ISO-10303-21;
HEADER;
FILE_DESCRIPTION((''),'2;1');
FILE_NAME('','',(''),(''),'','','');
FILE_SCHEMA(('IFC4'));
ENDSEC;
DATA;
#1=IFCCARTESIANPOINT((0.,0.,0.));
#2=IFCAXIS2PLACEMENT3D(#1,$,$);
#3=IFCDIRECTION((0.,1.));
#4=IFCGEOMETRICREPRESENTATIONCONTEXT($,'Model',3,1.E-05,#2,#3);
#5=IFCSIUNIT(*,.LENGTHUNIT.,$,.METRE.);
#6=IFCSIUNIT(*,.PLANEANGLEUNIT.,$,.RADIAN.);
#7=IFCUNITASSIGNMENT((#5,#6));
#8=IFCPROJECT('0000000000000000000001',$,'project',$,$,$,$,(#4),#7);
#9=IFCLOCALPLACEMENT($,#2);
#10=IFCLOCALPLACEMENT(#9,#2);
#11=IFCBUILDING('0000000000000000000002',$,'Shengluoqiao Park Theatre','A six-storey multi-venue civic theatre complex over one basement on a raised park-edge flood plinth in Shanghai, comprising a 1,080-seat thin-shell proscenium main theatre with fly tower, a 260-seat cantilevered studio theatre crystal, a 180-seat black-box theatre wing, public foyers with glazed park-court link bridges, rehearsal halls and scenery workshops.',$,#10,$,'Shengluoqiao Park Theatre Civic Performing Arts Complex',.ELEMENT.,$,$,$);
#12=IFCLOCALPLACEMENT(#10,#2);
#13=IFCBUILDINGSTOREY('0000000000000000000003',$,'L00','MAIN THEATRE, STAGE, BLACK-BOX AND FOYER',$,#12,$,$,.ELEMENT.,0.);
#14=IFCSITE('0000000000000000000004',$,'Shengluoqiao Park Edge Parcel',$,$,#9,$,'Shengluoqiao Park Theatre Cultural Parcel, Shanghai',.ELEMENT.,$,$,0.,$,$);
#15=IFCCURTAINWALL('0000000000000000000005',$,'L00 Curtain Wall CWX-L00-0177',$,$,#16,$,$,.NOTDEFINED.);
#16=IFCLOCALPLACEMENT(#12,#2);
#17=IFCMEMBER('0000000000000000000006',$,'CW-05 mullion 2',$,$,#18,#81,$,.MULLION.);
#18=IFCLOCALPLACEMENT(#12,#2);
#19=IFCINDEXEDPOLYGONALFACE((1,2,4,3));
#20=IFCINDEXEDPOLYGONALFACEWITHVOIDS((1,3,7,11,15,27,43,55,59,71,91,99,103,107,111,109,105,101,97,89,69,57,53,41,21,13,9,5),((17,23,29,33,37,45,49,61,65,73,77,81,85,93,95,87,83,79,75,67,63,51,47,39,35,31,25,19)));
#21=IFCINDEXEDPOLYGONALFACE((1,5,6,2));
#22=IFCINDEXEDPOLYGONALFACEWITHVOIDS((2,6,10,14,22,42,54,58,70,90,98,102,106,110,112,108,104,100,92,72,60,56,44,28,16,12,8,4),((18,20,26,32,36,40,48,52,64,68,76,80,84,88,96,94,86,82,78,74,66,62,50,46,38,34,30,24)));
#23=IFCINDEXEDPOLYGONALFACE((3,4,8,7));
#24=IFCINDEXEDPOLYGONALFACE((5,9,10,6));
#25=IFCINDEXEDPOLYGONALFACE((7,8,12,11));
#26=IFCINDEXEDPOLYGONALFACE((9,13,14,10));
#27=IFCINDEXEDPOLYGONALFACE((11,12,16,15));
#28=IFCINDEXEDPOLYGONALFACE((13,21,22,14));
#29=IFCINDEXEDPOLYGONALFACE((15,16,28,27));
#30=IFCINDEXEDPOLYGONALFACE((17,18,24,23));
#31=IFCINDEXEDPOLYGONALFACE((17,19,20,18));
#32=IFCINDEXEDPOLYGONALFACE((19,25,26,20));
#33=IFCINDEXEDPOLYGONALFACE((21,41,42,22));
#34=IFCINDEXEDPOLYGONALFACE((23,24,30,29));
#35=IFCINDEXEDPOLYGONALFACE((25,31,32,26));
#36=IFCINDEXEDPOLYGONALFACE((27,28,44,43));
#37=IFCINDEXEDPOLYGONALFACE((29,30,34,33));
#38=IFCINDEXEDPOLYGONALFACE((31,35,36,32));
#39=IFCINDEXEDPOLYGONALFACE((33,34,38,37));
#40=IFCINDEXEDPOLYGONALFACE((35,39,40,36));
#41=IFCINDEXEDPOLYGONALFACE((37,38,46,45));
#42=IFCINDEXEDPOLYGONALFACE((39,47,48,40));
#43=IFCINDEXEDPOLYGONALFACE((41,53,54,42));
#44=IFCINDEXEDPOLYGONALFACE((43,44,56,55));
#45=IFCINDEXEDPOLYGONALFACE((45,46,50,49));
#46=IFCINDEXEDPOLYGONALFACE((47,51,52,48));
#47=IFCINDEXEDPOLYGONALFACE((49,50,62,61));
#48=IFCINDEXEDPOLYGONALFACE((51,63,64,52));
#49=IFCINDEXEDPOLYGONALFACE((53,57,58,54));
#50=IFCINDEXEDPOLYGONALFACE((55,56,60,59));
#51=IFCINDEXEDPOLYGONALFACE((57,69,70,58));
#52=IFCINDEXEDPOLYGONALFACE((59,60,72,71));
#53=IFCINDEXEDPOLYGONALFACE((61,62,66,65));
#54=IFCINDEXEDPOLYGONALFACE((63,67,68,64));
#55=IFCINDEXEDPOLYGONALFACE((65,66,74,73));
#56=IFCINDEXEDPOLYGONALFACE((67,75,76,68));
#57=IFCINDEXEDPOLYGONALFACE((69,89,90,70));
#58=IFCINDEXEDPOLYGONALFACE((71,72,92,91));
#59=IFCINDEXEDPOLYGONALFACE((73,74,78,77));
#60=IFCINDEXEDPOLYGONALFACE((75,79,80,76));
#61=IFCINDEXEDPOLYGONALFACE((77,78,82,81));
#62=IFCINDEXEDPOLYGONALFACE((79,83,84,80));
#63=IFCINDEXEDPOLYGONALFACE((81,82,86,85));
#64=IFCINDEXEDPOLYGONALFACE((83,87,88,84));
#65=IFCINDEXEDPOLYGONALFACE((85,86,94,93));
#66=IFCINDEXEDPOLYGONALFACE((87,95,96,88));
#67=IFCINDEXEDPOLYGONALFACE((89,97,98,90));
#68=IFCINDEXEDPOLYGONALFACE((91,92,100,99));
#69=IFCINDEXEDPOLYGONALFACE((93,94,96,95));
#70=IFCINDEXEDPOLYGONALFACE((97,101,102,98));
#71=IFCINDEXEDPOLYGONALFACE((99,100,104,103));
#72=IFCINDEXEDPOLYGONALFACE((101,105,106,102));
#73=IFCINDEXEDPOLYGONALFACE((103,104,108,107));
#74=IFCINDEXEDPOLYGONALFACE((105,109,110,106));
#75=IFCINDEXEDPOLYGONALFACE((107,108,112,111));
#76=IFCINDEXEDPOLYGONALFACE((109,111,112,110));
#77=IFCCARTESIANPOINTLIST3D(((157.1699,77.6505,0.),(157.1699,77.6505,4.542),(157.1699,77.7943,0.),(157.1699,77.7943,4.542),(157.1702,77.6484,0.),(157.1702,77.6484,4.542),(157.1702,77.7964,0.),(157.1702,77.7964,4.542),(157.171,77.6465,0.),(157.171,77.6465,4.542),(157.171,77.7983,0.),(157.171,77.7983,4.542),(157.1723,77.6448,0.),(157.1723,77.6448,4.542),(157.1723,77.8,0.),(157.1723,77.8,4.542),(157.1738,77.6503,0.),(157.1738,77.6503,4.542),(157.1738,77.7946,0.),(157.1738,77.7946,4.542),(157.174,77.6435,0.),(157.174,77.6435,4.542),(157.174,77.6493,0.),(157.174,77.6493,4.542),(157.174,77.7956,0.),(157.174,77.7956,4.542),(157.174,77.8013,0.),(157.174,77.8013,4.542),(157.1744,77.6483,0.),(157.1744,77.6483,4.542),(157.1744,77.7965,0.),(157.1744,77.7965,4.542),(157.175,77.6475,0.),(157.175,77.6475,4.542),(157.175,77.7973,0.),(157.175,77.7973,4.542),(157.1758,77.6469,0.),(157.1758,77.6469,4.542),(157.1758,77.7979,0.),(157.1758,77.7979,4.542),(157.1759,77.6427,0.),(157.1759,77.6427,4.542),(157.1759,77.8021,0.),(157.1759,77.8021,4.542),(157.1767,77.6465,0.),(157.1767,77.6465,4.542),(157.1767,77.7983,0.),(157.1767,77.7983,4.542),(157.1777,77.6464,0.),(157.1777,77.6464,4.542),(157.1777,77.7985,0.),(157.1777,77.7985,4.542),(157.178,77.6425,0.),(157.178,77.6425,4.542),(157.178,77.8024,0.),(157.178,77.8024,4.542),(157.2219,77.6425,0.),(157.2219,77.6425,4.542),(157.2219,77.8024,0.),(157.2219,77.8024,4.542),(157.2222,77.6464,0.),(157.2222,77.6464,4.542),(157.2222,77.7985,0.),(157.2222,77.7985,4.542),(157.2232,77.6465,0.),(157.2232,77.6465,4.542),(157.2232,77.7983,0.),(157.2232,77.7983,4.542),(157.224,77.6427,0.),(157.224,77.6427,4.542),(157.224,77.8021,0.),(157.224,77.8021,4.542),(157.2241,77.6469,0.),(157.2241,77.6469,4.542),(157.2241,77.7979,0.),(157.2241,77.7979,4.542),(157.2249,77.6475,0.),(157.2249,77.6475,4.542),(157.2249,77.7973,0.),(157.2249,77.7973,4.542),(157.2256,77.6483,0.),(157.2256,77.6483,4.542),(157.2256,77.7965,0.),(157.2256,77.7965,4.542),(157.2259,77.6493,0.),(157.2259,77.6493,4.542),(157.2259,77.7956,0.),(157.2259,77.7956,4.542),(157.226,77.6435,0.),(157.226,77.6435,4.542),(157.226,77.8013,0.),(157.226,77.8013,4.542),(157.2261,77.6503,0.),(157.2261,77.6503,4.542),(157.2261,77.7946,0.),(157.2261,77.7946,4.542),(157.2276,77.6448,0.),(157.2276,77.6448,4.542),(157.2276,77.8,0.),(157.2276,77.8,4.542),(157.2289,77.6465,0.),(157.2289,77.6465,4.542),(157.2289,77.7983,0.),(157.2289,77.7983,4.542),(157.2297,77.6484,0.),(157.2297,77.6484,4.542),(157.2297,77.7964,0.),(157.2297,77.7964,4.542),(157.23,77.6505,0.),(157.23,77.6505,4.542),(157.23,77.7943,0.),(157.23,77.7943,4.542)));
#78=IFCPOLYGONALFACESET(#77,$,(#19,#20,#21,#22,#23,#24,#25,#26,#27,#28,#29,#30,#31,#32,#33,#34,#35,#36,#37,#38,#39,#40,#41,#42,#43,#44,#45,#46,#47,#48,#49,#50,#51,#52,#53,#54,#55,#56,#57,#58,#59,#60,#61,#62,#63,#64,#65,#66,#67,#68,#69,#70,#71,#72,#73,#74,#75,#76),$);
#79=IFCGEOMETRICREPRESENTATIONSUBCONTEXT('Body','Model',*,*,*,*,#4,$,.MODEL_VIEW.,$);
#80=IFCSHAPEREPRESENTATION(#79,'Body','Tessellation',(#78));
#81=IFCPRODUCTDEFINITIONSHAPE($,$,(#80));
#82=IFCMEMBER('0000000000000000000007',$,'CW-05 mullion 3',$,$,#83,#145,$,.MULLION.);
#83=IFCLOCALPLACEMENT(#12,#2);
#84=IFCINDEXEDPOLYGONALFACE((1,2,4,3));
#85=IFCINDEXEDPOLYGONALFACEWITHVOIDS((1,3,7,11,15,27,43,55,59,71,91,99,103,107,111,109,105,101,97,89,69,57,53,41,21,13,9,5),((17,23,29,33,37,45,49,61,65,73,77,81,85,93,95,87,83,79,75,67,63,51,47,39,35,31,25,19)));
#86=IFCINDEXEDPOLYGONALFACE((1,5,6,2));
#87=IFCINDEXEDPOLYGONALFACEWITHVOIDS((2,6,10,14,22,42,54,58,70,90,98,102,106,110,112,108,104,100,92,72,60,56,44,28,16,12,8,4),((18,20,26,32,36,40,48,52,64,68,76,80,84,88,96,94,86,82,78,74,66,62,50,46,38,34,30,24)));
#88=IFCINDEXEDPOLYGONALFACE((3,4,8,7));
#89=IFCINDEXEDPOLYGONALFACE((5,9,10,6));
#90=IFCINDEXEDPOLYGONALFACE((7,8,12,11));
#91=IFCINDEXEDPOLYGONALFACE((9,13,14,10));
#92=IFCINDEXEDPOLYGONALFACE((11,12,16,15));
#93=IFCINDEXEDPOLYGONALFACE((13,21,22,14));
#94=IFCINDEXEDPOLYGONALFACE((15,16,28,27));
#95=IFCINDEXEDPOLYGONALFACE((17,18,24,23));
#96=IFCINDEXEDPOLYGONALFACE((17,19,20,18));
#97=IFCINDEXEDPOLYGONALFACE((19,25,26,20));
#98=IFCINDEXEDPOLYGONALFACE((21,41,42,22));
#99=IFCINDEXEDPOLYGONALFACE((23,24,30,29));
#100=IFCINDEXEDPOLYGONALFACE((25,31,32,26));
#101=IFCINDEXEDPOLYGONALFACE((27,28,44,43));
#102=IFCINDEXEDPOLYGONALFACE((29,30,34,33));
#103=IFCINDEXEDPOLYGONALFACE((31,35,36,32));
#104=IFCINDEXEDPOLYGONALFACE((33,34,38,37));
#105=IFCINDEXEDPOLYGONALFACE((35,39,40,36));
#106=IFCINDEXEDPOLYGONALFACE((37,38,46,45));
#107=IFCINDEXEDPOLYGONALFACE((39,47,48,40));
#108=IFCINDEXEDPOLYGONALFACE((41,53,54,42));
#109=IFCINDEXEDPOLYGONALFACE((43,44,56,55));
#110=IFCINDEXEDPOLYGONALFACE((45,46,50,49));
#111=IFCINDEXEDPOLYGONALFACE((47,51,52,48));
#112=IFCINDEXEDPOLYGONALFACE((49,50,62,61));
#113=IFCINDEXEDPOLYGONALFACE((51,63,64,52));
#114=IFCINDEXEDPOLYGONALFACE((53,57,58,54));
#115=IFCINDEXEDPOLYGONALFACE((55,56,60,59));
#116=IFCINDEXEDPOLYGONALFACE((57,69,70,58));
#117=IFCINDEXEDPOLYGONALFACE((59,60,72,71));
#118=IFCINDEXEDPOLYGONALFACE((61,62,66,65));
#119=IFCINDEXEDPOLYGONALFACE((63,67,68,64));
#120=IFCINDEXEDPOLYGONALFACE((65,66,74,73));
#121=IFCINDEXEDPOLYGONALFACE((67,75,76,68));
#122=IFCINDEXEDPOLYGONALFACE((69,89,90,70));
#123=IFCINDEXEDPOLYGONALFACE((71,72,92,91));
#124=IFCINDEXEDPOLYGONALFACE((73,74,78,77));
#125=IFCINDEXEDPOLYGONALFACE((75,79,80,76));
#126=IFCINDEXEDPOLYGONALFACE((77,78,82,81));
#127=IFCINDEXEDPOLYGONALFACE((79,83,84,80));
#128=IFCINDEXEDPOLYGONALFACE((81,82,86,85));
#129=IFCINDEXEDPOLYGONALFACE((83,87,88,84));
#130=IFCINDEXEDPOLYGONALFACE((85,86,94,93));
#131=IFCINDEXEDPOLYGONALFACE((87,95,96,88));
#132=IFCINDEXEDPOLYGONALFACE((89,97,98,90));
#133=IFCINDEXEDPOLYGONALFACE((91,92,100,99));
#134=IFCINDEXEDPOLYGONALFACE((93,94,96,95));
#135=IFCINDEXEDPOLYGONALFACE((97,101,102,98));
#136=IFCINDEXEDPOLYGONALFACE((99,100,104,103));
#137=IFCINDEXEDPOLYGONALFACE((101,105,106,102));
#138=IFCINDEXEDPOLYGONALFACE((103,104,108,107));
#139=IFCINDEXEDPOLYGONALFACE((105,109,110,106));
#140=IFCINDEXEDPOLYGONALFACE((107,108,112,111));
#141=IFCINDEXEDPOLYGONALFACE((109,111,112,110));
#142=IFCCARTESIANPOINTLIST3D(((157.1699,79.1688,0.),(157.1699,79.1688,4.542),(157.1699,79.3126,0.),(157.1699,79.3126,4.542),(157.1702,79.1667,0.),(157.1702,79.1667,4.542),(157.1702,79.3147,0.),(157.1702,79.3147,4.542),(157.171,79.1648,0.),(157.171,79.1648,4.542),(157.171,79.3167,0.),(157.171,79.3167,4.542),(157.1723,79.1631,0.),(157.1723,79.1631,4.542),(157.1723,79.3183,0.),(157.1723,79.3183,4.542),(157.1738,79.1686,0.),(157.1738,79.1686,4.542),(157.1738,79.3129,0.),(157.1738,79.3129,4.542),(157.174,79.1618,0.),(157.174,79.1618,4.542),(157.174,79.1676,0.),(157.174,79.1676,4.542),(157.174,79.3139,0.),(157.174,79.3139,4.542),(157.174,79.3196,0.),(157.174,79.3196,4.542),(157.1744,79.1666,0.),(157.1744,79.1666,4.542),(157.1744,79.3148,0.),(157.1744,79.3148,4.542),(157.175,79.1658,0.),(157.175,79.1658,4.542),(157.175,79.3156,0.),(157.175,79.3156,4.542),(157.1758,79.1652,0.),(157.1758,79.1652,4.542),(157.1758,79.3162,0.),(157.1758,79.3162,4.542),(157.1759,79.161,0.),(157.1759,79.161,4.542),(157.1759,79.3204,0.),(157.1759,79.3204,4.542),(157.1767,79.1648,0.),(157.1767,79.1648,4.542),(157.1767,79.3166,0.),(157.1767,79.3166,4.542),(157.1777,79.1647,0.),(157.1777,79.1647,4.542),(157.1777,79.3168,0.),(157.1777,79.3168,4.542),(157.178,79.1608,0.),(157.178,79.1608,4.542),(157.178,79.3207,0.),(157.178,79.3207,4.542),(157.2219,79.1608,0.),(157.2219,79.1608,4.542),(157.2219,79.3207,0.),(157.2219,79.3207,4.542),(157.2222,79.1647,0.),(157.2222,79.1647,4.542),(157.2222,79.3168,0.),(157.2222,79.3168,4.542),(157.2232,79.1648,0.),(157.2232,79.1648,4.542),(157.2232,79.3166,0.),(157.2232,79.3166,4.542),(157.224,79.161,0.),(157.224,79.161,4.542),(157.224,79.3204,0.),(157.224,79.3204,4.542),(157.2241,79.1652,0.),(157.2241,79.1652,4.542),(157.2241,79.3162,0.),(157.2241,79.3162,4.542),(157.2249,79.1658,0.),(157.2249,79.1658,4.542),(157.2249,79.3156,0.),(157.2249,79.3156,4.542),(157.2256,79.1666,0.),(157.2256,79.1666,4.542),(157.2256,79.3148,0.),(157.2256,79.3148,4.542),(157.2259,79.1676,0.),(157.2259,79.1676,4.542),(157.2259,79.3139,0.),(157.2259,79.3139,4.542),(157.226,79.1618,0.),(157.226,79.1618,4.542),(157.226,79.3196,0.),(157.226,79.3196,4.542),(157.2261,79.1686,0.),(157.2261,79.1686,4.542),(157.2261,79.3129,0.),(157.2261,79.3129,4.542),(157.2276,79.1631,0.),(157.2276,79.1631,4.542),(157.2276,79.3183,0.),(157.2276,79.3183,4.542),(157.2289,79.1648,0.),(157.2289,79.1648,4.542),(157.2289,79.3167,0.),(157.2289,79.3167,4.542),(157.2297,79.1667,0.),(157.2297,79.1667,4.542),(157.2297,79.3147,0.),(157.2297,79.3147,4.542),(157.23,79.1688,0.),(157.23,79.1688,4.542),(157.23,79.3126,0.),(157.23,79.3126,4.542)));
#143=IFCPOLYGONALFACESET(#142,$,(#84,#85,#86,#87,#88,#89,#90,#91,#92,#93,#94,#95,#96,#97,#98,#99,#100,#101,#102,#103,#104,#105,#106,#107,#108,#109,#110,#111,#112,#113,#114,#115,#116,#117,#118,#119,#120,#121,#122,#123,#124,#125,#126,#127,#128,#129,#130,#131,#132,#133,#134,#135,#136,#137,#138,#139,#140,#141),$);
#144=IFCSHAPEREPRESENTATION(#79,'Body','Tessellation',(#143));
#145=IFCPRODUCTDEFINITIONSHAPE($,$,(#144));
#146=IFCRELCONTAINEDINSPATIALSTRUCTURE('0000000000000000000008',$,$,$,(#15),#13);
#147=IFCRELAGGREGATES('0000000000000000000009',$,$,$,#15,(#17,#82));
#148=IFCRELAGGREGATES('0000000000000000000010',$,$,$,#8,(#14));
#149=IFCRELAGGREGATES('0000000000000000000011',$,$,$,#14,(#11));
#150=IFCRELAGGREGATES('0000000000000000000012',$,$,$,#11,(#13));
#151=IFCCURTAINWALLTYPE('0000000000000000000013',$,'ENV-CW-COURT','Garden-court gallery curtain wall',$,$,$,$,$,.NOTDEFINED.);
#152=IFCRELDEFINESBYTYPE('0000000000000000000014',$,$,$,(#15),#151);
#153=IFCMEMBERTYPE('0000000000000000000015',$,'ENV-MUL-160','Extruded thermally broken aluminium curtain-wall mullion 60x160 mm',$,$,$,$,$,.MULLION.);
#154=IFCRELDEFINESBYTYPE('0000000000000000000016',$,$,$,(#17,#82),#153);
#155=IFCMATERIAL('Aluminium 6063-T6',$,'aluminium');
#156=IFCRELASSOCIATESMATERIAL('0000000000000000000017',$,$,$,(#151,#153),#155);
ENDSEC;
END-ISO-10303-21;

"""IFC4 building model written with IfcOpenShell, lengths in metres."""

from ifc_helpers import new_model, si_unit, direction, frame, origin, origin_2d, place, context, subcontext, project, spatial, hollow_rectangle, extrude, material, material_profile, profile_set, type_object, element, aggregate, save


model = new_model("IFC4")

# Units and contexts
model_context = context("Model", 3, precision=1e-05, world=origin(), true_north=direction((0.0, 1.0)))
body_context = subcontext(model_context, "Body", "Model", "MODEL_VIEW")
ifc_project = project(units=[si_unit("LENGTHUNIT", "METRE"), si_unit("PLANEANGLEUNIT", "RADIAN")], contexts=[model_context])

# Site, building, storey
site_placement = place(None, origin())
site = spatial("IfcSite", under=ifc_project, at=site_placement, Name="Shengluoqiao Park Edge Parcel", LongName="Shengluoqiao Park Theatre Cultural Parcel, Shanghai", CompositionType="ELEMENT", RefElevation=0.0)
building_placement = place(site_placement, origin())
building = spatial("IfcBuilding", under=site, at=building_placement, Name="Shengluoqiao Park Theatre", Description="A six-storey multi-venue civic theatre complex over one basement on a raised park-edge flood plinth in Shanghai, comprising a 1,080-seat thin-shell proscenium main theatre with fly tower, a 260-seat cantilevered studio theatre crystal, a 180-seat black-box theatre wing, public foyers with glazed park-court link bridges, rehearsal halls and scenery workshops.", LongName="Shengluoqiao Park Theatre Civic Performing Arts Complex", CompositionType="ELEMENT")
storey_placement = place(building_placement, origin())
storey = spatial("IfcBuildingStorey", under=building, at=storey_placement, Name="L00", Description="MAIN THEATRE, STAGE, BLACK-BOX AND FOYER", CompositionType="ELEMENT", Elevation=0.0)

# Curtain wall, members
ifc_material_1 = material(Name="Aluminium 6063-T6", Category="aluminium")
curtain_wall_type = type_object("IfcCurtainWallType", Name="ENV-CW-COURT", Description="Garden-court gallery curtain wall", PredefinedType="NOTDEFINED", material=ifc_material_1)
curtain_wall_placement = place(storey_placement, origin())
curtain_wall = element("IfcCurtainWall", 1, at=curtain_wall_placement, inside=storey, type_object=curtain_wall_type, Name="L00 Curtain Wall CWX-L00-0177", PredefinedType="NOTDEFINED")
ifc_material_profile_1 = material_profile(ifc_material_1, hollow_rectangle(XDim=0.0601, YDim=0.1599, WallThickness=0.0039, InnerFilletRadius=0.0039, OuterFilletRadius=0.0081, at=origin_2d()), Name="ALU MULLION 160x60x4")
ifc_profile_set_1 = profile_set([ifc_material_profile_1], Name="Aluminium 6063-T6")
member_type_1 = type_object("IfcMemberType", Name="ENV-MUL-160", Description="Extruded thermally broken aluminium curtain-wall mullion 60x160 mm", PredefinedType="MULLION", material=ifc_profile_set_1)
member_1_placement = place(storey_placement, frame((157.2, 77.7224, 0.0), z_axis=(0.0, 0.0, 1.0), x_axis=(-1.0, 0.0, 0.0)))
member_1 = element("IfcMember", 2, at=member_1_placement, type_object=member_type_1, Name="CW-05 mullion 2", PredefinedType="MULLION", context=body_context, shape_type="SweptSolid", body=[
    extrude(hollow_rectangle(XDim=0.0601, YDim=0.1599, WallThickness=0.0039, InnerFilletRadius=0.0039, OuterFilletRadius=0.0081, at=origin_2d()), origin(), (0.0, 0.0, 1.0), 4.542),
])
member_2_placement = place(storey_placement, frame((157.2, 79.2407, 0.0), z_axis=(0.0, 0.0, 1.0), x_axis=(-1.0, 0.0, 0.0)))
member_2 = element("IfcMember", 3, at=member_2_placement, type_object=member_type_1, Name="CW-05 mullion 3", PredefinedType="MULLION", context=body_context, shape_type="SweptSolid", body=[
    extrude(hollow_rectangle(XDim=0.0601, YDim=0.1599, WallThickness=0.0039, InnerFilletRadius=0.0039, OuterFilletRadius=0.0081, at=origin_2d()), origin(), (0.0, 0.0, 1.0), 4.542),
])
aggregate(curtain_wall, [member_1, member_2])

save(model, "model.ifc")
